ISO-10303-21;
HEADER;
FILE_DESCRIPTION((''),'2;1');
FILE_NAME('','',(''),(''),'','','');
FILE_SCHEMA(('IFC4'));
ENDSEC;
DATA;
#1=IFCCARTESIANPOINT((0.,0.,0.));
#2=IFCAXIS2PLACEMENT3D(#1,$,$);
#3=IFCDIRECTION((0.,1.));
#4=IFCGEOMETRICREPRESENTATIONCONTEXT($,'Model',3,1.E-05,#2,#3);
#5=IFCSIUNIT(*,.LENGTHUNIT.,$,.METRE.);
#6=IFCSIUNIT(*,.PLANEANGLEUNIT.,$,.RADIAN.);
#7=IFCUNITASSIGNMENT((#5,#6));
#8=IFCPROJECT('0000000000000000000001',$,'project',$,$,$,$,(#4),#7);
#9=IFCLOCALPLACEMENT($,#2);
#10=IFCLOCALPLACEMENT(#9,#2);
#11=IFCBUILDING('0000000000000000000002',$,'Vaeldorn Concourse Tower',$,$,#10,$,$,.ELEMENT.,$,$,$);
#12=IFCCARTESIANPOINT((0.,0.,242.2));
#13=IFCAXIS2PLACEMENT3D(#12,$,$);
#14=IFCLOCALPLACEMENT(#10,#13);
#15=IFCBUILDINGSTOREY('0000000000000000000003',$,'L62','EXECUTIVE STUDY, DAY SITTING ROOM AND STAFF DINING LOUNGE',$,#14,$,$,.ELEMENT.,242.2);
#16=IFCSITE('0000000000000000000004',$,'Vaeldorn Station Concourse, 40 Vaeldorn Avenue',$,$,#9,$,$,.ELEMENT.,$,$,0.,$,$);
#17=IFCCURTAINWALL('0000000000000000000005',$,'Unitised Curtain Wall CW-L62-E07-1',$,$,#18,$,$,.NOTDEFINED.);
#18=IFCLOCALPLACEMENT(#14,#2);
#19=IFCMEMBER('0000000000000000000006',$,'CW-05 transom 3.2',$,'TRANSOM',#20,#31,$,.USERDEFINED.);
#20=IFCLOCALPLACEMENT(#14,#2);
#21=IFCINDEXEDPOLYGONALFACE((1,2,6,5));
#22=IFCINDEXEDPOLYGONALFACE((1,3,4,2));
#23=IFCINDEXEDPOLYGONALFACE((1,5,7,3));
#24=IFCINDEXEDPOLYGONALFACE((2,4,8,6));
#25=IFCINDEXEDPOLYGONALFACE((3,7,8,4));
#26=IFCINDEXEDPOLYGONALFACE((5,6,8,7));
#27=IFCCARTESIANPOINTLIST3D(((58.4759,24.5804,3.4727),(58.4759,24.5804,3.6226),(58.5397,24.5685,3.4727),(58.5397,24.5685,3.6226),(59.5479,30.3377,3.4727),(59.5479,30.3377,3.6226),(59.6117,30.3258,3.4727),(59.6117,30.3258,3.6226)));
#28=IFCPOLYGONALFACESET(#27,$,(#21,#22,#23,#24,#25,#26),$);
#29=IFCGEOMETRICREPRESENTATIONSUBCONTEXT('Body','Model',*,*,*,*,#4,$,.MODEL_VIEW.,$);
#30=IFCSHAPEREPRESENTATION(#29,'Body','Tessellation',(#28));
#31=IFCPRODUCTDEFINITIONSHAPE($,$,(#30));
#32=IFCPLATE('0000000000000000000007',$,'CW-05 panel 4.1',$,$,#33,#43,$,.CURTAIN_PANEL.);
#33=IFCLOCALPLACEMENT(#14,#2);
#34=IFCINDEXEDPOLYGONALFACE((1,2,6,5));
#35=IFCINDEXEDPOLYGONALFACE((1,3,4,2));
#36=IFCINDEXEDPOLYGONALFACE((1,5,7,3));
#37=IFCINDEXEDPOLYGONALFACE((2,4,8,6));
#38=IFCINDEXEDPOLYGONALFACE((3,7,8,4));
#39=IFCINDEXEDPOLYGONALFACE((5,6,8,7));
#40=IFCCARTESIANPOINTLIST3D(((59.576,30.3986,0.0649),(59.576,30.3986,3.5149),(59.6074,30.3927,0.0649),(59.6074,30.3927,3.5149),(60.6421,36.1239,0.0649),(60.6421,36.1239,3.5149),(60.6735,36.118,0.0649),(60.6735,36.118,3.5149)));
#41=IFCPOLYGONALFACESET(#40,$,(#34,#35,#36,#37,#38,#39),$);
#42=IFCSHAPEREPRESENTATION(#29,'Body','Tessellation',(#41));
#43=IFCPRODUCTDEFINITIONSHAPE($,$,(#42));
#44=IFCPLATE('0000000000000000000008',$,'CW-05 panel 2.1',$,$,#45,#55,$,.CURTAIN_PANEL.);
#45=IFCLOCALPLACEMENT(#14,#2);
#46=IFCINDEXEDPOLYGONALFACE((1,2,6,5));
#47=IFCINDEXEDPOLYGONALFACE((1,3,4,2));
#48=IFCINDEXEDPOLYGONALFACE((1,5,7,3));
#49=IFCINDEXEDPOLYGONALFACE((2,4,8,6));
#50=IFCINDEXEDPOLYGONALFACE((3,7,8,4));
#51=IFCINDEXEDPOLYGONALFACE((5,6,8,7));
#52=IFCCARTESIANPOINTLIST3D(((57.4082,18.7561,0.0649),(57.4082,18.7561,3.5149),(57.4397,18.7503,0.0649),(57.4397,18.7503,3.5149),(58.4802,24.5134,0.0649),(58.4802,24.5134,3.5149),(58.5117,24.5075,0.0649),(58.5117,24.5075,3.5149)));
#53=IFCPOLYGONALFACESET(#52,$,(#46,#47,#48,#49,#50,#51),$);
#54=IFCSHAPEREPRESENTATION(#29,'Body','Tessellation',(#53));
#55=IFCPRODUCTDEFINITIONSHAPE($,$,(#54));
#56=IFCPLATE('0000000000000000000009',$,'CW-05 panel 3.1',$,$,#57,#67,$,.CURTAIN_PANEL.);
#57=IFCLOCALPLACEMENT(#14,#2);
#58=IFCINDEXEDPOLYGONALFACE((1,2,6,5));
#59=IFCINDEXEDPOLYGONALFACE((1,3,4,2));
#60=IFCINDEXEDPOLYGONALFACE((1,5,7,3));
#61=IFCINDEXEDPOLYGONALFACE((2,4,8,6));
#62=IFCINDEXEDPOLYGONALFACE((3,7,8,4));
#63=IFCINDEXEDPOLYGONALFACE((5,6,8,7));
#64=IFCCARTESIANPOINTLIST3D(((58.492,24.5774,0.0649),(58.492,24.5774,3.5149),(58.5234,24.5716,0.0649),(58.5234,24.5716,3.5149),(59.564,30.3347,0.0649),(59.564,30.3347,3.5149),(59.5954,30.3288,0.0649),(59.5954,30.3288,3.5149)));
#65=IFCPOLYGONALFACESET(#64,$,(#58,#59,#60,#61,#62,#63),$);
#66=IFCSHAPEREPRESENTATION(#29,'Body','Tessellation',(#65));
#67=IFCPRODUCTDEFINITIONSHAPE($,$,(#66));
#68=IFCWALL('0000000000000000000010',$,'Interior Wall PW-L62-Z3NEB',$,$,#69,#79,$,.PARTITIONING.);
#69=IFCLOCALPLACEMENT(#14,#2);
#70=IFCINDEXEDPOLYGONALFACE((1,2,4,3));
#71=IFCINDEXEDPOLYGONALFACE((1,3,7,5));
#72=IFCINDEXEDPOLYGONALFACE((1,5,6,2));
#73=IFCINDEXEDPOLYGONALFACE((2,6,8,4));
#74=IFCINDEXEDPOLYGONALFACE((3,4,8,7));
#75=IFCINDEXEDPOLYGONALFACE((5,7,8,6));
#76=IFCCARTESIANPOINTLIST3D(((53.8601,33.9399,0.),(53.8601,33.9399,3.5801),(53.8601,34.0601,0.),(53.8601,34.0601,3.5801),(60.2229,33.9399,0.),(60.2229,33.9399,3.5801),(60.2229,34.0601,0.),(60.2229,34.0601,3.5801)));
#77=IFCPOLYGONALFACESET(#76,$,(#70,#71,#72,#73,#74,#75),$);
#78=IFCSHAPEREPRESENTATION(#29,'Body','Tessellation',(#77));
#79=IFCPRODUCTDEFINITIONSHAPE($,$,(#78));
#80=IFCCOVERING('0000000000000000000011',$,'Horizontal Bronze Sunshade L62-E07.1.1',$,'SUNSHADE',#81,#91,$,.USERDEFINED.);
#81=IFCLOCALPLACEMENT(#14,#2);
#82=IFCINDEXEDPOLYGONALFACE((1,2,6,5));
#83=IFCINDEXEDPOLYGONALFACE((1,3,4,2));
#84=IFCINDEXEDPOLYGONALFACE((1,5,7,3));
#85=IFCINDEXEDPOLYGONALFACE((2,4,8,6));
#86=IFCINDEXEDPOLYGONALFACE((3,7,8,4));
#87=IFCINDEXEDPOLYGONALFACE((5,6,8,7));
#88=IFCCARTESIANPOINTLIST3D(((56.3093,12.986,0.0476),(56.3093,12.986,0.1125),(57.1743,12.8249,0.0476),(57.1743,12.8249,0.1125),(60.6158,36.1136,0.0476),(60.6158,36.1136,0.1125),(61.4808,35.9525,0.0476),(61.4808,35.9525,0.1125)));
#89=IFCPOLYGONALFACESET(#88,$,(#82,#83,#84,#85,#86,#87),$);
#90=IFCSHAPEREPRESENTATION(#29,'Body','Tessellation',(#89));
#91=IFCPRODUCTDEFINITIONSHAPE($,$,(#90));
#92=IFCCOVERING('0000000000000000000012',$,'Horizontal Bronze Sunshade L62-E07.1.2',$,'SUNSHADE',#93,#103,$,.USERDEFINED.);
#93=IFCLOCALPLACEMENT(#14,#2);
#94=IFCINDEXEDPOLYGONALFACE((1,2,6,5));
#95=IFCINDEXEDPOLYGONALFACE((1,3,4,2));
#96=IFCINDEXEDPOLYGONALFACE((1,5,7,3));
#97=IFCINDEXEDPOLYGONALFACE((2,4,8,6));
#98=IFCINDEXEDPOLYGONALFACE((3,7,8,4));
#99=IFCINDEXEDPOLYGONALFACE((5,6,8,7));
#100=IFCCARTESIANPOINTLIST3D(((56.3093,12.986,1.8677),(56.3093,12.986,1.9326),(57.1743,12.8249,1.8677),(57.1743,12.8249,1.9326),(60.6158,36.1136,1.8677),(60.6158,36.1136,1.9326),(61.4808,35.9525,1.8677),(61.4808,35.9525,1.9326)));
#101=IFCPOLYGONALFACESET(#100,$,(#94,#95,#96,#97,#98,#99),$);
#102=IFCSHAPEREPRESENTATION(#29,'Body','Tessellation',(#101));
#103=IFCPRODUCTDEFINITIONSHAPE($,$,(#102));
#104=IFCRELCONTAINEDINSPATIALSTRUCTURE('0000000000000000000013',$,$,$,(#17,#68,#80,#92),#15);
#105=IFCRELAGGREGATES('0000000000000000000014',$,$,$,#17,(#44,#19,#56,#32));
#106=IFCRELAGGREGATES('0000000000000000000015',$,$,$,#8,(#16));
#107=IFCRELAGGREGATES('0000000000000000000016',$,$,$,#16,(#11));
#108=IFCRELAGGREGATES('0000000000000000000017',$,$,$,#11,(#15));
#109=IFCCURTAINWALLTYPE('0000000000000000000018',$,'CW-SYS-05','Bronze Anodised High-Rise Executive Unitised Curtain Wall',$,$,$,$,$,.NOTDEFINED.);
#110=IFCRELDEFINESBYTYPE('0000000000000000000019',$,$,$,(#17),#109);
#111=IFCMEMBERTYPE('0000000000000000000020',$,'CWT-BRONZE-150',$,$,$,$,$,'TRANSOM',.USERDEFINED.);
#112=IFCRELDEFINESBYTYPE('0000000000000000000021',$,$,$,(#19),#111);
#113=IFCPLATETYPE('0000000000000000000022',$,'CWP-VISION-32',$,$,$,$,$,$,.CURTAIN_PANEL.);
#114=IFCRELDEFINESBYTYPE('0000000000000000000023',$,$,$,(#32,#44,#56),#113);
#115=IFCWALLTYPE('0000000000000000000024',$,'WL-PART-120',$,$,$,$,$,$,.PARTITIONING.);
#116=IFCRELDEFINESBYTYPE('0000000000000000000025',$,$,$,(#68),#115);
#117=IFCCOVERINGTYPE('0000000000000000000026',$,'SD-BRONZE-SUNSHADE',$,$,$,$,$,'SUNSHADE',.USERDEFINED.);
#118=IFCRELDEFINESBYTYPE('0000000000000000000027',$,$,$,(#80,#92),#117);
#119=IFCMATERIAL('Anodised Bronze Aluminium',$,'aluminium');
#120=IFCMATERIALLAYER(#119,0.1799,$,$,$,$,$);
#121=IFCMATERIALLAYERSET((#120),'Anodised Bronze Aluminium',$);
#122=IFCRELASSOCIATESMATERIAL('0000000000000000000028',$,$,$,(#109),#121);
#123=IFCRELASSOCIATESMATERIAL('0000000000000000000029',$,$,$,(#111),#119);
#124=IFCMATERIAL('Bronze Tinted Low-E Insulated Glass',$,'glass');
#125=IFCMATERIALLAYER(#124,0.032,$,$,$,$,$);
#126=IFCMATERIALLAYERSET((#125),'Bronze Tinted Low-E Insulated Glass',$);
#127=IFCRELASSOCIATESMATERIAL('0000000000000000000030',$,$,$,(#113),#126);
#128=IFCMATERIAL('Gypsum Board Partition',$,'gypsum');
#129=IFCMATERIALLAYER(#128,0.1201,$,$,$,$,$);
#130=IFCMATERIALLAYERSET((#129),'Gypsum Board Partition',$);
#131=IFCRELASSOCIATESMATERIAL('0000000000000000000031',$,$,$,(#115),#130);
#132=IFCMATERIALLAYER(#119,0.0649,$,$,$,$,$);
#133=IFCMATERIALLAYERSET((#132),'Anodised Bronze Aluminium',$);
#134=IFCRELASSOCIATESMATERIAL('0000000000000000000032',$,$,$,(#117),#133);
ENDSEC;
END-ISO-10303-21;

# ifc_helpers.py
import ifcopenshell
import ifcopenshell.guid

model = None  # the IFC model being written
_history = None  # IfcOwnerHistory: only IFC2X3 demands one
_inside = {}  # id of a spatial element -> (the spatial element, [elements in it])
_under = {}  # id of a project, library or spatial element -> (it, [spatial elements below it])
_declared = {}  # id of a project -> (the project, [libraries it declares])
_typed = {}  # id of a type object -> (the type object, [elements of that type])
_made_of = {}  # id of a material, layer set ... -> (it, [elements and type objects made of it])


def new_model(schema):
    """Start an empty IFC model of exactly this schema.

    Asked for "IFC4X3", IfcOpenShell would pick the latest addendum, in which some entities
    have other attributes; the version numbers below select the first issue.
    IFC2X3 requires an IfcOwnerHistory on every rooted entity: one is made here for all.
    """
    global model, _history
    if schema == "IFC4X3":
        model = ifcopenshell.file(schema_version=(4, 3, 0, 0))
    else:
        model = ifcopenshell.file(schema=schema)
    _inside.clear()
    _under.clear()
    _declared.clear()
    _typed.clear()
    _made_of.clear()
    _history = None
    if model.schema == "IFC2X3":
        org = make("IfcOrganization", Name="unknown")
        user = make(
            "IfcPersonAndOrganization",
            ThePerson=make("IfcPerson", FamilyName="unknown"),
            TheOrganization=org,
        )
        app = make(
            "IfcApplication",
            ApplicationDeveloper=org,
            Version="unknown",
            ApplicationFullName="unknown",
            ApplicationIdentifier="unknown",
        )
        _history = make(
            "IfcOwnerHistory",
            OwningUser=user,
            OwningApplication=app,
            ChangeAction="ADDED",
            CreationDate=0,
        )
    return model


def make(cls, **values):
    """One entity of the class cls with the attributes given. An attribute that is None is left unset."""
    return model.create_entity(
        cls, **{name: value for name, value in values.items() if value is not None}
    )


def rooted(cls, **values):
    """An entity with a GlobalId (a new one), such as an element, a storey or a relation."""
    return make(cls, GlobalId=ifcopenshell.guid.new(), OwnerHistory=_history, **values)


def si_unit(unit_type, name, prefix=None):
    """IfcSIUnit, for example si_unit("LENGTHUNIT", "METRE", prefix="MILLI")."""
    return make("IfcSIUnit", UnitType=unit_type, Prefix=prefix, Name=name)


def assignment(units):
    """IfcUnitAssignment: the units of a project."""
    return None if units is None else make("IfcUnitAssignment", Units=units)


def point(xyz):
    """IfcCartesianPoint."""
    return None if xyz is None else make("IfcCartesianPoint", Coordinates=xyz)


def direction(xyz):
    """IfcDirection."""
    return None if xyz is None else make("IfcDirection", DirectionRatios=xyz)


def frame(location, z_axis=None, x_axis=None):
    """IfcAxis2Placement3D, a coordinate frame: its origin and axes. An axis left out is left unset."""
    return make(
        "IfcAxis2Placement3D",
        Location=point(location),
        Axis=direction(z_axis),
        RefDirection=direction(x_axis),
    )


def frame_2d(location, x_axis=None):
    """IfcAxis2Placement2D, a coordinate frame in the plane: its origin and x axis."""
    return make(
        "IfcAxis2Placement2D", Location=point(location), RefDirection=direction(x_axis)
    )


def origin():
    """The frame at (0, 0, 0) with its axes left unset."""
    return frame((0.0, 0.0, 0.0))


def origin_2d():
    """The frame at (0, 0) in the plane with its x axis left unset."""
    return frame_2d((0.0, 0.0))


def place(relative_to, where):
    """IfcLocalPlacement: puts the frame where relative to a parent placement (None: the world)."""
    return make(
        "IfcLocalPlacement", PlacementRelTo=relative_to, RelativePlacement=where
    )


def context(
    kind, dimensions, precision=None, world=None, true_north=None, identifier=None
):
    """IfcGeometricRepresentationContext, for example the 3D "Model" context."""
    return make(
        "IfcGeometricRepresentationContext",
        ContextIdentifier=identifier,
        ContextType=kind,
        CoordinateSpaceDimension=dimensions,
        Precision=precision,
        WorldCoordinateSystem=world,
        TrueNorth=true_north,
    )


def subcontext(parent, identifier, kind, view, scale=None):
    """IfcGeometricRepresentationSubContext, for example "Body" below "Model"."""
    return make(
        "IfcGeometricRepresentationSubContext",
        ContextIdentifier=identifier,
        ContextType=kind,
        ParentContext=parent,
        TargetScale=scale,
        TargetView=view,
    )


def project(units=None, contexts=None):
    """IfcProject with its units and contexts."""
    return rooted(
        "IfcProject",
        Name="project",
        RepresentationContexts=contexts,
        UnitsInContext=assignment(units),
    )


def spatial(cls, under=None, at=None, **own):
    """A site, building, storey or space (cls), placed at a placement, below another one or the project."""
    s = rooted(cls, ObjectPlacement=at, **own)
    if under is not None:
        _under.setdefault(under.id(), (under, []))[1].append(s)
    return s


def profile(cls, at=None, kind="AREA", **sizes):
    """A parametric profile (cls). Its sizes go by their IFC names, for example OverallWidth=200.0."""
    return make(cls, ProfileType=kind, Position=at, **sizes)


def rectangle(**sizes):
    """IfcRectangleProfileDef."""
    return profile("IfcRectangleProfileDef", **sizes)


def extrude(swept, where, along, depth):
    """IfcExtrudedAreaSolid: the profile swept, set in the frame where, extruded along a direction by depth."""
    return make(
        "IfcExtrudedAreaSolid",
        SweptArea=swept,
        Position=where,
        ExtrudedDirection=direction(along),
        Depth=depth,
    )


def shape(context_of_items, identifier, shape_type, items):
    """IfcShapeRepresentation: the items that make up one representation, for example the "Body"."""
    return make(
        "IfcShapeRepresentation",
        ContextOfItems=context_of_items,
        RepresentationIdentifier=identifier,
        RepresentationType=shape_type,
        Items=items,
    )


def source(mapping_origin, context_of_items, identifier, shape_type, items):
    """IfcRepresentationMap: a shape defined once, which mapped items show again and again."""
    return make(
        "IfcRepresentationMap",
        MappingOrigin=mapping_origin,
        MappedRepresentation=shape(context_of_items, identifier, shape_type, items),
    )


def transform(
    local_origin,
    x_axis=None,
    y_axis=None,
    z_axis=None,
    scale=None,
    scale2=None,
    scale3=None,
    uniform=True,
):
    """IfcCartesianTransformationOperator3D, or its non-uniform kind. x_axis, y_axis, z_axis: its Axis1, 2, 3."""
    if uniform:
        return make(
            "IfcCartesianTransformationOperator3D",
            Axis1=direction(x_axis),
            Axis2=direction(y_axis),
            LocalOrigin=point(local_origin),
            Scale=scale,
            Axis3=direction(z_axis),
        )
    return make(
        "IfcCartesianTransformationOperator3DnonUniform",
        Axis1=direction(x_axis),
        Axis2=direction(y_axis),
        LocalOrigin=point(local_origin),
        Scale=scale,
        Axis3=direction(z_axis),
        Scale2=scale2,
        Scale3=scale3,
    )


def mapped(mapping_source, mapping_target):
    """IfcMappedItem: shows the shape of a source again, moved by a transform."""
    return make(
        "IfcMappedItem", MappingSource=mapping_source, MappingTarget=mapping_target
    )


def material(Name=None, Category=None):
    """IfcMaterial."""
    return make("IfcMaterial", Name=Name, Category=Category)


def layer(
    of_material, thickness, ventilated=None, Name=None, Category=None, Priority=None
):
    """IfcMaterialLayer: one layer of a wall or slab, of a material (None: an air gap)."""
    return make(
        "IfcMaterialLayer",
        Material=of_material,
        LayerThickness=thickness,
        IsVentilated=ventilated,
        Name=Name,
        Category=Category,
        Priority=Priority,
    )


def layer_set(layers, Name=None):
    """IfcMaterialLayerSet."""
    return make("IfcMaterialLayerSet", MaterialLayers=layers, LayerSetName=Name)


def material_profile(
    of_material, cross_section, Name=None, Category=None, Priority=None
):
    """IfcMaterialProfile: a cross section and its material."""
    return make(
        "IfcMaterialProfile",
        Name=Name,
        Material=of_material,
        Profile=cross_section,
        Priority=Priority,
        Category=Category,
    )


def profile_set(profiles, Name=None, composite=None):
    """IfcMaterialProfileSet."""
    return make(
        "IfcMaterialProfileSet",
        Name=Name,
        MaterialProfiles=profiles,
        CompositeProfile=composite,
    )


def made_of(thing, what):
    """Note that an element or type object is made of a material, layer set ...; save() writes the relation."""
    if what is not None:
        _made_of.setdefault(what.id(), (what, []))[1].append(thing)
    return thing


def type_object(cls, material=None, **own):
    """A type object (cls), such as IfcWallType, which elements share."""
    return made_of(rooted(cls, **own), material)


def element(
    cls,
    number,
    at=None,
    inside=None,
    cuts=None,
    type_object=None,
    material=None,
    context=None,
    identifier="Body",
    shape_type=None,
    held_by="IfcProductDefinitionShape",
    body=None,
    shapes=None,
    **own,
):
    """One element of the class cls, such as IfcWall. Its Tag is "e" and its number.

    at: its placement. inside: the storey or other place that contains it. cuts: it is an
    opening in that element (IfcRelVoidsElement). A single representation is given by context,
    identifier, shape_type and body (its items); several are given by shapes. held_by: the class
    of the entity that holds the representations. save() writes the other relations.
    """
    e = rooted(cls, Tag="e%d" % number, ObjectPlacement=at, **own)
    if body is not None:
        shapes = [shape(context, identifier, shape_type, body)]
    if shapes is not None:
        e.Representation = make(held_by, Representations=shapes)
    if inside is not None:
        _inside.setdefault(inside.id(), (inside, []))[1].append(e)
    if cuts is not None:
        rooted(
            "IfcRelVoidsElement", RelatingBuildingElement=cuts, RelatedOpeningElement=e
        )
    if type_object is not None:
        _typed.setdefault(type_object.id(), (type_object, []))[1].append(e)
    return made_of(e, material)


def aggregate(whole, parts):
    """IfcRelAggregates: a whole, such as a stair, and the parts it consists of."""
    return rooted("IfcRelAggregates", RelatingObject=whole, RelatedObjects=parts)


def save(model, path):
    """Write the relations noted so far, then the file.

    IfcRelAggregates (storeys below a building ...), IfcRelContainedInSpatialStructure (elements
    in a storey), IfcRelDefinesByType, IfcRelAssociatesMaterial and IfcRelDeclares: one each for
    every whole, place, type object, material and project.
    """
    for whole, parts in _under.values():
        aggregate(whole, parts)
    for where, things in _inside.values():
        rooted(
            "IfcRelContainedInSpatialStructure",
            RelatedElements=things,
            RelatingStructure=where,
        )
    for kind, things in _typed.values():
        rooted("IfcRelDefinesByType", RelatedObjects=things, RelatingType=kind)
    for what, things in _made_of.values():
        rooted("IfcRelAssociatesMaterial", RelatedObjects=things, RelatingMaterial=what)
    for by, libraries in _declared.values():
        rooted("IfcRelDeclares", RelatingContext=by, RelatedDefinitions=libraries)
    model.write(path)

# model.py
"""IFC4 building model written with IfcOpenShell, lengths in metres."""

from ifc_helpers import new_model, si_unit, direction, frame, frame_2d, origin, origin_2d, place, context, subcontext, project, spatial, rectangle, extrude, source, transform, mapped, material, layer, layer_set, material_profile, profile_set, type_object, element, aggregate, save


model = new_model("IFC4")

# Units and contexts
model_context = context("Model", 3, precision=1e-05, world=origin(), true_north=direction((0.0, 1.0)))
body_context = subcontext(model_context, "Body", "Model", "MODEL_VIEW")
ifc_project = project(units=[si_unit("LENGTHUNIT", "METRE"), si_unit("PLANEANGLEUNIT", "RADIAN")], contexts=[model_context])

# Site, building, storey
site_placement = place(None, origin())
site = spatial("IfcSite", under=ifc_project, at=site_placement, Name="Vaeldorn Station Concourse, 40 Vaeldorn Avenue", CompositionType="ELEMENT", RefElevation=0.0)
building_placement = place(site_placement, origin())
building = spatial("IfcBuilding", under=site, at=building_placement, Name="Vaeldorn Concourse Tower", CompositionType="ELEMENT")
storey_placement = place(building_placement, frame((0.0, 0.0, 242.2)))
storey = spatial("IfcBuildingStorey", under=building, at=storey_placement, Name="L62", Description="EXECUTIVE STUDY, DAY SITTING ROOM AND STAFF DINING LOUNGE", CompositionType="ELEMENT", Elevation=242.2)

# Curtain wall
ifc_material_1 = material(Name="Anodised Bronze Aluminium", Category="aluminium")
ifc_layer_1 = layer(ifc_material_1, 0.1799)
ifc_layer_set_1 = layer_set([ifc_layer_1], Name="Anodised Bronze Aluminium")
curtain_wall_type = type_object("IfcCurtainWallType", Name="CW-SYS-05", Description="Bronze Anodised High-Rise Executive Unitised Curtain Wall", PredefinedType="NOTDEFINED", material=ifc_layer_set_1)
curtain_wall_1_placement = place(storey_placement, origin())
curtain_wall_1 = element("IfcCurtainWall", 1, at=curtain_wall_1_placement, inside=storey, type_object=curtain_wall_type, Name="Unitised Curtain Wall CW-L62-E07-1", PredefinedType="NOTDEFINED")

# Member
ifc_material_profile_1 = material_profile(ifc_material_1, rectangle(XDim=0.0649, YDim=0.1499, at=origin_2d()), Name="CWT 65x150")
ifc_profile_set_1 = profile_set([ifc_material_profile_1], Name="Anodised Bronze Aluminium")
member_type_1 = type_object("IfcMemberType", Name="CWT-BRONZE-150", ElementType="TRANSOM", PredefinedType="USERDEFINED", material=ifc_profile_set_1)
shared_shape_1 = source(origin(), body_context, "Body", "SweptSolid", [
    extrude(rectangle(XDim=0.0649, YDim=0.1499, at=origin_2d()), origin(), (0.0, 0.0, 1.0), 5.8562),
])
member_1_placement = place(storey_placement, frame((58.5078, 24.5745, 3.5476), z_axis=(0.183055, 0.983103, 0.0), x_axis=(-0.983103, 0.183055, 0.0)))
member_1 = element("IfcMember", 2, at=member_1_placement, type_object=member_type_1, Name="CW-05 transom 3.2", ObjectType="TRANSOM", PredefinedType="USERDEFINED", context=body_context, shape_type="MappedRepresentation", body=[
    mapped(shared_shape_1, transform((0.0, 0.0, 0.0), scale=1.0)),
])

# Plates
ifc_material_2 = material(Name="Bronze Tinted Low-E Insulated Glass", Category="glass")
ifc_layer_2 = layer(ifc_material_2, 0.032)
ifc_layer_set_2 = layer_set([ifc_layer_2], Name="Bronze Tinted Low-E Insulated Glass")
plate_type = type_object("IfcPlateType", Name="CWP-VISION-32", PredefinedType="CURTAIN_PANEL", material=ifc_layer_set_2)
shared_shape_2 = source(origin(), body_context, "Body", "SweptSolid", [
    extrude(rectangle(XDim=5.8237, YDim=0.032, at=origin_2d()), origin(), (0.0, 0.0, 1.0), 3.45),
])
plate_1_placement = place(storey_placement, frame((60.1248, 33.2583, 0.0649), z_axis=(0.0, 0.0, 1.0), x_axis=(0.183055, 0.983103, 0.0)))
plate_1 = element("IfcPlate", 3, at=plate_1_placement, type_object=plate_type, Name="CW-05 panel 4.1", PredefinedType="CURTAIN_PANEL", context=body_context, shape_type="MappedRepresentation", body=[
    mapped(shared_shape_2, transform((0.0, 0.0, 0.0), scale=1.0)),
])
shared_shape_3 = source(origin(), body_context, "Body", "SweptSolid", [
    extrude(rectangle(XDim=5.8562, YDim=0.032, at=origin_2d()), origin(), (0.0, 0.0, 1.0), 3.45),
])
plate_2_placement = place(storey_placement, frame((57.96, 21.6318, 0.0649), z_axis=(0.0, 0.0, 1.0), x_axis=(0.183055, 0.983103, 0.0)))
plate_2 = element("IfcPlate", 4, at=plate_2_placement, type_object=plate_type, Name="CW-05 panel 2.1", PredefinedType="CURTAIN_PANEL", context=body_context, shape_type="MappedRepresentation", body=[
    mapped(shared_shape_3, transform((0.0, 0.0, 0.0), scale=1.0)),
])
plate_3_placement = place(storey_placement, frame((59.0437, 27.4531, 0.0649), z_axis=(0.0, 0.0, 1.0), x_axis=(0.183055, 0.983103, 0.0)))
plate_3 = element("IfcPlate", 5, at=plate_3_placement, type_object=plate_type, Name="CW-05 panel 3.1", PredefinedType="CURTAIN_PANEL", context=body_context, shape_type="MappedRepresentation", body=[
    mapped(shared_shape_3, transform((0.0, 0.0, 0.0), scale=1.0)),
])
aggregate(curtain_wall_1, [plate_2, member_1, plate_3, plate_1])

# Shared definitions
ifc_material_3 = material(Name="Gypsum Board Partition", Category="gypsum")
ifc_layer_3 = layer(ifc_material_3, 0.1201)
ifc_layer_set_3 = layer_set([ifc_layer_3], Name="Gypsum Board Partition")
wall_type = type_object("IfcWallType", Name="WL-PART-120", PredefinedType="PARTITIONING", material=ifc_layer_set_3)

# Wall
wall_1_placement = place(storey_placement, frame((53.8601, 34.0, 0.0), z_axis=(0.0, 0.0, 1.0), x_axis=(1.0, 0.0, 0.0)))
element("IfcWall", 6, at=wall_1_placement, inside=storey, type_object=wall_type, Name="Interior Wall PW-L62-Z3NEB", PredefinedType="PARTITIONING", context=body_context, shape_type="SweptSolid", body=[
    extrude(rectangle(XDim=6.3628, YDim=0.1201, at=frame_2d((3.1814, 0.0))), origin(), (0.0, 0.0, 1.0), 3.5801),
])

# Coverings
ifc_layer_4 = layer(ifc_material_1, 0.0649)
ifc_layer_set_4 = layer_set([ifc_layer_4], Name="Anodised Bronze Aluminium")
covering_type = type_object("IfcCoveringType", Name="SD-BRONZE-SUNSHADE", ElementType="SUNSHADE", PredefinedType="USERDEFINED", material=ifc_layer_set_4)
shared_shape_4 = source(origin(), body_context, "Body", "SweptSolid", [
    extrude(rectangle(XDim=23.5251, YDim=0.8799, at=origin_2d()), origin(), (0.0, 0.0, 1.0), 0.0649),
])
for number, where, z_axis, x_axis, name in (
    (7, (58.895, 24.4692, 0.0476), (0.0, 0.0, 1.0), (0.183059, 0.983102, 0.0), "Horizontal Bronze Sunshade L62-E07.1.1"),
    (8, (58.895, 24.4692, 1.8677), (0.0, 0.0, 1.0), (0.183059, 0.983102, 0.0), "Horizontal Bronze Sunshade L62-E07.1.2"),
):
    element("IfcCovering", number, at=place(storey_placement, frame(where, z_axis=z_axis, x_axis=x_axis)), inside=storey, type_object=covering_type, Name=name, ObjectType="SUNSHADE", PredefinedType="USERDEFINED", context=body_context, shape_type="MappedRepresentation", body=[
        mapped(shared_shape_4, transform((0.0, 0.0, 0.0), scale=1.0)),
    ])

save(model, "model.ifc")
